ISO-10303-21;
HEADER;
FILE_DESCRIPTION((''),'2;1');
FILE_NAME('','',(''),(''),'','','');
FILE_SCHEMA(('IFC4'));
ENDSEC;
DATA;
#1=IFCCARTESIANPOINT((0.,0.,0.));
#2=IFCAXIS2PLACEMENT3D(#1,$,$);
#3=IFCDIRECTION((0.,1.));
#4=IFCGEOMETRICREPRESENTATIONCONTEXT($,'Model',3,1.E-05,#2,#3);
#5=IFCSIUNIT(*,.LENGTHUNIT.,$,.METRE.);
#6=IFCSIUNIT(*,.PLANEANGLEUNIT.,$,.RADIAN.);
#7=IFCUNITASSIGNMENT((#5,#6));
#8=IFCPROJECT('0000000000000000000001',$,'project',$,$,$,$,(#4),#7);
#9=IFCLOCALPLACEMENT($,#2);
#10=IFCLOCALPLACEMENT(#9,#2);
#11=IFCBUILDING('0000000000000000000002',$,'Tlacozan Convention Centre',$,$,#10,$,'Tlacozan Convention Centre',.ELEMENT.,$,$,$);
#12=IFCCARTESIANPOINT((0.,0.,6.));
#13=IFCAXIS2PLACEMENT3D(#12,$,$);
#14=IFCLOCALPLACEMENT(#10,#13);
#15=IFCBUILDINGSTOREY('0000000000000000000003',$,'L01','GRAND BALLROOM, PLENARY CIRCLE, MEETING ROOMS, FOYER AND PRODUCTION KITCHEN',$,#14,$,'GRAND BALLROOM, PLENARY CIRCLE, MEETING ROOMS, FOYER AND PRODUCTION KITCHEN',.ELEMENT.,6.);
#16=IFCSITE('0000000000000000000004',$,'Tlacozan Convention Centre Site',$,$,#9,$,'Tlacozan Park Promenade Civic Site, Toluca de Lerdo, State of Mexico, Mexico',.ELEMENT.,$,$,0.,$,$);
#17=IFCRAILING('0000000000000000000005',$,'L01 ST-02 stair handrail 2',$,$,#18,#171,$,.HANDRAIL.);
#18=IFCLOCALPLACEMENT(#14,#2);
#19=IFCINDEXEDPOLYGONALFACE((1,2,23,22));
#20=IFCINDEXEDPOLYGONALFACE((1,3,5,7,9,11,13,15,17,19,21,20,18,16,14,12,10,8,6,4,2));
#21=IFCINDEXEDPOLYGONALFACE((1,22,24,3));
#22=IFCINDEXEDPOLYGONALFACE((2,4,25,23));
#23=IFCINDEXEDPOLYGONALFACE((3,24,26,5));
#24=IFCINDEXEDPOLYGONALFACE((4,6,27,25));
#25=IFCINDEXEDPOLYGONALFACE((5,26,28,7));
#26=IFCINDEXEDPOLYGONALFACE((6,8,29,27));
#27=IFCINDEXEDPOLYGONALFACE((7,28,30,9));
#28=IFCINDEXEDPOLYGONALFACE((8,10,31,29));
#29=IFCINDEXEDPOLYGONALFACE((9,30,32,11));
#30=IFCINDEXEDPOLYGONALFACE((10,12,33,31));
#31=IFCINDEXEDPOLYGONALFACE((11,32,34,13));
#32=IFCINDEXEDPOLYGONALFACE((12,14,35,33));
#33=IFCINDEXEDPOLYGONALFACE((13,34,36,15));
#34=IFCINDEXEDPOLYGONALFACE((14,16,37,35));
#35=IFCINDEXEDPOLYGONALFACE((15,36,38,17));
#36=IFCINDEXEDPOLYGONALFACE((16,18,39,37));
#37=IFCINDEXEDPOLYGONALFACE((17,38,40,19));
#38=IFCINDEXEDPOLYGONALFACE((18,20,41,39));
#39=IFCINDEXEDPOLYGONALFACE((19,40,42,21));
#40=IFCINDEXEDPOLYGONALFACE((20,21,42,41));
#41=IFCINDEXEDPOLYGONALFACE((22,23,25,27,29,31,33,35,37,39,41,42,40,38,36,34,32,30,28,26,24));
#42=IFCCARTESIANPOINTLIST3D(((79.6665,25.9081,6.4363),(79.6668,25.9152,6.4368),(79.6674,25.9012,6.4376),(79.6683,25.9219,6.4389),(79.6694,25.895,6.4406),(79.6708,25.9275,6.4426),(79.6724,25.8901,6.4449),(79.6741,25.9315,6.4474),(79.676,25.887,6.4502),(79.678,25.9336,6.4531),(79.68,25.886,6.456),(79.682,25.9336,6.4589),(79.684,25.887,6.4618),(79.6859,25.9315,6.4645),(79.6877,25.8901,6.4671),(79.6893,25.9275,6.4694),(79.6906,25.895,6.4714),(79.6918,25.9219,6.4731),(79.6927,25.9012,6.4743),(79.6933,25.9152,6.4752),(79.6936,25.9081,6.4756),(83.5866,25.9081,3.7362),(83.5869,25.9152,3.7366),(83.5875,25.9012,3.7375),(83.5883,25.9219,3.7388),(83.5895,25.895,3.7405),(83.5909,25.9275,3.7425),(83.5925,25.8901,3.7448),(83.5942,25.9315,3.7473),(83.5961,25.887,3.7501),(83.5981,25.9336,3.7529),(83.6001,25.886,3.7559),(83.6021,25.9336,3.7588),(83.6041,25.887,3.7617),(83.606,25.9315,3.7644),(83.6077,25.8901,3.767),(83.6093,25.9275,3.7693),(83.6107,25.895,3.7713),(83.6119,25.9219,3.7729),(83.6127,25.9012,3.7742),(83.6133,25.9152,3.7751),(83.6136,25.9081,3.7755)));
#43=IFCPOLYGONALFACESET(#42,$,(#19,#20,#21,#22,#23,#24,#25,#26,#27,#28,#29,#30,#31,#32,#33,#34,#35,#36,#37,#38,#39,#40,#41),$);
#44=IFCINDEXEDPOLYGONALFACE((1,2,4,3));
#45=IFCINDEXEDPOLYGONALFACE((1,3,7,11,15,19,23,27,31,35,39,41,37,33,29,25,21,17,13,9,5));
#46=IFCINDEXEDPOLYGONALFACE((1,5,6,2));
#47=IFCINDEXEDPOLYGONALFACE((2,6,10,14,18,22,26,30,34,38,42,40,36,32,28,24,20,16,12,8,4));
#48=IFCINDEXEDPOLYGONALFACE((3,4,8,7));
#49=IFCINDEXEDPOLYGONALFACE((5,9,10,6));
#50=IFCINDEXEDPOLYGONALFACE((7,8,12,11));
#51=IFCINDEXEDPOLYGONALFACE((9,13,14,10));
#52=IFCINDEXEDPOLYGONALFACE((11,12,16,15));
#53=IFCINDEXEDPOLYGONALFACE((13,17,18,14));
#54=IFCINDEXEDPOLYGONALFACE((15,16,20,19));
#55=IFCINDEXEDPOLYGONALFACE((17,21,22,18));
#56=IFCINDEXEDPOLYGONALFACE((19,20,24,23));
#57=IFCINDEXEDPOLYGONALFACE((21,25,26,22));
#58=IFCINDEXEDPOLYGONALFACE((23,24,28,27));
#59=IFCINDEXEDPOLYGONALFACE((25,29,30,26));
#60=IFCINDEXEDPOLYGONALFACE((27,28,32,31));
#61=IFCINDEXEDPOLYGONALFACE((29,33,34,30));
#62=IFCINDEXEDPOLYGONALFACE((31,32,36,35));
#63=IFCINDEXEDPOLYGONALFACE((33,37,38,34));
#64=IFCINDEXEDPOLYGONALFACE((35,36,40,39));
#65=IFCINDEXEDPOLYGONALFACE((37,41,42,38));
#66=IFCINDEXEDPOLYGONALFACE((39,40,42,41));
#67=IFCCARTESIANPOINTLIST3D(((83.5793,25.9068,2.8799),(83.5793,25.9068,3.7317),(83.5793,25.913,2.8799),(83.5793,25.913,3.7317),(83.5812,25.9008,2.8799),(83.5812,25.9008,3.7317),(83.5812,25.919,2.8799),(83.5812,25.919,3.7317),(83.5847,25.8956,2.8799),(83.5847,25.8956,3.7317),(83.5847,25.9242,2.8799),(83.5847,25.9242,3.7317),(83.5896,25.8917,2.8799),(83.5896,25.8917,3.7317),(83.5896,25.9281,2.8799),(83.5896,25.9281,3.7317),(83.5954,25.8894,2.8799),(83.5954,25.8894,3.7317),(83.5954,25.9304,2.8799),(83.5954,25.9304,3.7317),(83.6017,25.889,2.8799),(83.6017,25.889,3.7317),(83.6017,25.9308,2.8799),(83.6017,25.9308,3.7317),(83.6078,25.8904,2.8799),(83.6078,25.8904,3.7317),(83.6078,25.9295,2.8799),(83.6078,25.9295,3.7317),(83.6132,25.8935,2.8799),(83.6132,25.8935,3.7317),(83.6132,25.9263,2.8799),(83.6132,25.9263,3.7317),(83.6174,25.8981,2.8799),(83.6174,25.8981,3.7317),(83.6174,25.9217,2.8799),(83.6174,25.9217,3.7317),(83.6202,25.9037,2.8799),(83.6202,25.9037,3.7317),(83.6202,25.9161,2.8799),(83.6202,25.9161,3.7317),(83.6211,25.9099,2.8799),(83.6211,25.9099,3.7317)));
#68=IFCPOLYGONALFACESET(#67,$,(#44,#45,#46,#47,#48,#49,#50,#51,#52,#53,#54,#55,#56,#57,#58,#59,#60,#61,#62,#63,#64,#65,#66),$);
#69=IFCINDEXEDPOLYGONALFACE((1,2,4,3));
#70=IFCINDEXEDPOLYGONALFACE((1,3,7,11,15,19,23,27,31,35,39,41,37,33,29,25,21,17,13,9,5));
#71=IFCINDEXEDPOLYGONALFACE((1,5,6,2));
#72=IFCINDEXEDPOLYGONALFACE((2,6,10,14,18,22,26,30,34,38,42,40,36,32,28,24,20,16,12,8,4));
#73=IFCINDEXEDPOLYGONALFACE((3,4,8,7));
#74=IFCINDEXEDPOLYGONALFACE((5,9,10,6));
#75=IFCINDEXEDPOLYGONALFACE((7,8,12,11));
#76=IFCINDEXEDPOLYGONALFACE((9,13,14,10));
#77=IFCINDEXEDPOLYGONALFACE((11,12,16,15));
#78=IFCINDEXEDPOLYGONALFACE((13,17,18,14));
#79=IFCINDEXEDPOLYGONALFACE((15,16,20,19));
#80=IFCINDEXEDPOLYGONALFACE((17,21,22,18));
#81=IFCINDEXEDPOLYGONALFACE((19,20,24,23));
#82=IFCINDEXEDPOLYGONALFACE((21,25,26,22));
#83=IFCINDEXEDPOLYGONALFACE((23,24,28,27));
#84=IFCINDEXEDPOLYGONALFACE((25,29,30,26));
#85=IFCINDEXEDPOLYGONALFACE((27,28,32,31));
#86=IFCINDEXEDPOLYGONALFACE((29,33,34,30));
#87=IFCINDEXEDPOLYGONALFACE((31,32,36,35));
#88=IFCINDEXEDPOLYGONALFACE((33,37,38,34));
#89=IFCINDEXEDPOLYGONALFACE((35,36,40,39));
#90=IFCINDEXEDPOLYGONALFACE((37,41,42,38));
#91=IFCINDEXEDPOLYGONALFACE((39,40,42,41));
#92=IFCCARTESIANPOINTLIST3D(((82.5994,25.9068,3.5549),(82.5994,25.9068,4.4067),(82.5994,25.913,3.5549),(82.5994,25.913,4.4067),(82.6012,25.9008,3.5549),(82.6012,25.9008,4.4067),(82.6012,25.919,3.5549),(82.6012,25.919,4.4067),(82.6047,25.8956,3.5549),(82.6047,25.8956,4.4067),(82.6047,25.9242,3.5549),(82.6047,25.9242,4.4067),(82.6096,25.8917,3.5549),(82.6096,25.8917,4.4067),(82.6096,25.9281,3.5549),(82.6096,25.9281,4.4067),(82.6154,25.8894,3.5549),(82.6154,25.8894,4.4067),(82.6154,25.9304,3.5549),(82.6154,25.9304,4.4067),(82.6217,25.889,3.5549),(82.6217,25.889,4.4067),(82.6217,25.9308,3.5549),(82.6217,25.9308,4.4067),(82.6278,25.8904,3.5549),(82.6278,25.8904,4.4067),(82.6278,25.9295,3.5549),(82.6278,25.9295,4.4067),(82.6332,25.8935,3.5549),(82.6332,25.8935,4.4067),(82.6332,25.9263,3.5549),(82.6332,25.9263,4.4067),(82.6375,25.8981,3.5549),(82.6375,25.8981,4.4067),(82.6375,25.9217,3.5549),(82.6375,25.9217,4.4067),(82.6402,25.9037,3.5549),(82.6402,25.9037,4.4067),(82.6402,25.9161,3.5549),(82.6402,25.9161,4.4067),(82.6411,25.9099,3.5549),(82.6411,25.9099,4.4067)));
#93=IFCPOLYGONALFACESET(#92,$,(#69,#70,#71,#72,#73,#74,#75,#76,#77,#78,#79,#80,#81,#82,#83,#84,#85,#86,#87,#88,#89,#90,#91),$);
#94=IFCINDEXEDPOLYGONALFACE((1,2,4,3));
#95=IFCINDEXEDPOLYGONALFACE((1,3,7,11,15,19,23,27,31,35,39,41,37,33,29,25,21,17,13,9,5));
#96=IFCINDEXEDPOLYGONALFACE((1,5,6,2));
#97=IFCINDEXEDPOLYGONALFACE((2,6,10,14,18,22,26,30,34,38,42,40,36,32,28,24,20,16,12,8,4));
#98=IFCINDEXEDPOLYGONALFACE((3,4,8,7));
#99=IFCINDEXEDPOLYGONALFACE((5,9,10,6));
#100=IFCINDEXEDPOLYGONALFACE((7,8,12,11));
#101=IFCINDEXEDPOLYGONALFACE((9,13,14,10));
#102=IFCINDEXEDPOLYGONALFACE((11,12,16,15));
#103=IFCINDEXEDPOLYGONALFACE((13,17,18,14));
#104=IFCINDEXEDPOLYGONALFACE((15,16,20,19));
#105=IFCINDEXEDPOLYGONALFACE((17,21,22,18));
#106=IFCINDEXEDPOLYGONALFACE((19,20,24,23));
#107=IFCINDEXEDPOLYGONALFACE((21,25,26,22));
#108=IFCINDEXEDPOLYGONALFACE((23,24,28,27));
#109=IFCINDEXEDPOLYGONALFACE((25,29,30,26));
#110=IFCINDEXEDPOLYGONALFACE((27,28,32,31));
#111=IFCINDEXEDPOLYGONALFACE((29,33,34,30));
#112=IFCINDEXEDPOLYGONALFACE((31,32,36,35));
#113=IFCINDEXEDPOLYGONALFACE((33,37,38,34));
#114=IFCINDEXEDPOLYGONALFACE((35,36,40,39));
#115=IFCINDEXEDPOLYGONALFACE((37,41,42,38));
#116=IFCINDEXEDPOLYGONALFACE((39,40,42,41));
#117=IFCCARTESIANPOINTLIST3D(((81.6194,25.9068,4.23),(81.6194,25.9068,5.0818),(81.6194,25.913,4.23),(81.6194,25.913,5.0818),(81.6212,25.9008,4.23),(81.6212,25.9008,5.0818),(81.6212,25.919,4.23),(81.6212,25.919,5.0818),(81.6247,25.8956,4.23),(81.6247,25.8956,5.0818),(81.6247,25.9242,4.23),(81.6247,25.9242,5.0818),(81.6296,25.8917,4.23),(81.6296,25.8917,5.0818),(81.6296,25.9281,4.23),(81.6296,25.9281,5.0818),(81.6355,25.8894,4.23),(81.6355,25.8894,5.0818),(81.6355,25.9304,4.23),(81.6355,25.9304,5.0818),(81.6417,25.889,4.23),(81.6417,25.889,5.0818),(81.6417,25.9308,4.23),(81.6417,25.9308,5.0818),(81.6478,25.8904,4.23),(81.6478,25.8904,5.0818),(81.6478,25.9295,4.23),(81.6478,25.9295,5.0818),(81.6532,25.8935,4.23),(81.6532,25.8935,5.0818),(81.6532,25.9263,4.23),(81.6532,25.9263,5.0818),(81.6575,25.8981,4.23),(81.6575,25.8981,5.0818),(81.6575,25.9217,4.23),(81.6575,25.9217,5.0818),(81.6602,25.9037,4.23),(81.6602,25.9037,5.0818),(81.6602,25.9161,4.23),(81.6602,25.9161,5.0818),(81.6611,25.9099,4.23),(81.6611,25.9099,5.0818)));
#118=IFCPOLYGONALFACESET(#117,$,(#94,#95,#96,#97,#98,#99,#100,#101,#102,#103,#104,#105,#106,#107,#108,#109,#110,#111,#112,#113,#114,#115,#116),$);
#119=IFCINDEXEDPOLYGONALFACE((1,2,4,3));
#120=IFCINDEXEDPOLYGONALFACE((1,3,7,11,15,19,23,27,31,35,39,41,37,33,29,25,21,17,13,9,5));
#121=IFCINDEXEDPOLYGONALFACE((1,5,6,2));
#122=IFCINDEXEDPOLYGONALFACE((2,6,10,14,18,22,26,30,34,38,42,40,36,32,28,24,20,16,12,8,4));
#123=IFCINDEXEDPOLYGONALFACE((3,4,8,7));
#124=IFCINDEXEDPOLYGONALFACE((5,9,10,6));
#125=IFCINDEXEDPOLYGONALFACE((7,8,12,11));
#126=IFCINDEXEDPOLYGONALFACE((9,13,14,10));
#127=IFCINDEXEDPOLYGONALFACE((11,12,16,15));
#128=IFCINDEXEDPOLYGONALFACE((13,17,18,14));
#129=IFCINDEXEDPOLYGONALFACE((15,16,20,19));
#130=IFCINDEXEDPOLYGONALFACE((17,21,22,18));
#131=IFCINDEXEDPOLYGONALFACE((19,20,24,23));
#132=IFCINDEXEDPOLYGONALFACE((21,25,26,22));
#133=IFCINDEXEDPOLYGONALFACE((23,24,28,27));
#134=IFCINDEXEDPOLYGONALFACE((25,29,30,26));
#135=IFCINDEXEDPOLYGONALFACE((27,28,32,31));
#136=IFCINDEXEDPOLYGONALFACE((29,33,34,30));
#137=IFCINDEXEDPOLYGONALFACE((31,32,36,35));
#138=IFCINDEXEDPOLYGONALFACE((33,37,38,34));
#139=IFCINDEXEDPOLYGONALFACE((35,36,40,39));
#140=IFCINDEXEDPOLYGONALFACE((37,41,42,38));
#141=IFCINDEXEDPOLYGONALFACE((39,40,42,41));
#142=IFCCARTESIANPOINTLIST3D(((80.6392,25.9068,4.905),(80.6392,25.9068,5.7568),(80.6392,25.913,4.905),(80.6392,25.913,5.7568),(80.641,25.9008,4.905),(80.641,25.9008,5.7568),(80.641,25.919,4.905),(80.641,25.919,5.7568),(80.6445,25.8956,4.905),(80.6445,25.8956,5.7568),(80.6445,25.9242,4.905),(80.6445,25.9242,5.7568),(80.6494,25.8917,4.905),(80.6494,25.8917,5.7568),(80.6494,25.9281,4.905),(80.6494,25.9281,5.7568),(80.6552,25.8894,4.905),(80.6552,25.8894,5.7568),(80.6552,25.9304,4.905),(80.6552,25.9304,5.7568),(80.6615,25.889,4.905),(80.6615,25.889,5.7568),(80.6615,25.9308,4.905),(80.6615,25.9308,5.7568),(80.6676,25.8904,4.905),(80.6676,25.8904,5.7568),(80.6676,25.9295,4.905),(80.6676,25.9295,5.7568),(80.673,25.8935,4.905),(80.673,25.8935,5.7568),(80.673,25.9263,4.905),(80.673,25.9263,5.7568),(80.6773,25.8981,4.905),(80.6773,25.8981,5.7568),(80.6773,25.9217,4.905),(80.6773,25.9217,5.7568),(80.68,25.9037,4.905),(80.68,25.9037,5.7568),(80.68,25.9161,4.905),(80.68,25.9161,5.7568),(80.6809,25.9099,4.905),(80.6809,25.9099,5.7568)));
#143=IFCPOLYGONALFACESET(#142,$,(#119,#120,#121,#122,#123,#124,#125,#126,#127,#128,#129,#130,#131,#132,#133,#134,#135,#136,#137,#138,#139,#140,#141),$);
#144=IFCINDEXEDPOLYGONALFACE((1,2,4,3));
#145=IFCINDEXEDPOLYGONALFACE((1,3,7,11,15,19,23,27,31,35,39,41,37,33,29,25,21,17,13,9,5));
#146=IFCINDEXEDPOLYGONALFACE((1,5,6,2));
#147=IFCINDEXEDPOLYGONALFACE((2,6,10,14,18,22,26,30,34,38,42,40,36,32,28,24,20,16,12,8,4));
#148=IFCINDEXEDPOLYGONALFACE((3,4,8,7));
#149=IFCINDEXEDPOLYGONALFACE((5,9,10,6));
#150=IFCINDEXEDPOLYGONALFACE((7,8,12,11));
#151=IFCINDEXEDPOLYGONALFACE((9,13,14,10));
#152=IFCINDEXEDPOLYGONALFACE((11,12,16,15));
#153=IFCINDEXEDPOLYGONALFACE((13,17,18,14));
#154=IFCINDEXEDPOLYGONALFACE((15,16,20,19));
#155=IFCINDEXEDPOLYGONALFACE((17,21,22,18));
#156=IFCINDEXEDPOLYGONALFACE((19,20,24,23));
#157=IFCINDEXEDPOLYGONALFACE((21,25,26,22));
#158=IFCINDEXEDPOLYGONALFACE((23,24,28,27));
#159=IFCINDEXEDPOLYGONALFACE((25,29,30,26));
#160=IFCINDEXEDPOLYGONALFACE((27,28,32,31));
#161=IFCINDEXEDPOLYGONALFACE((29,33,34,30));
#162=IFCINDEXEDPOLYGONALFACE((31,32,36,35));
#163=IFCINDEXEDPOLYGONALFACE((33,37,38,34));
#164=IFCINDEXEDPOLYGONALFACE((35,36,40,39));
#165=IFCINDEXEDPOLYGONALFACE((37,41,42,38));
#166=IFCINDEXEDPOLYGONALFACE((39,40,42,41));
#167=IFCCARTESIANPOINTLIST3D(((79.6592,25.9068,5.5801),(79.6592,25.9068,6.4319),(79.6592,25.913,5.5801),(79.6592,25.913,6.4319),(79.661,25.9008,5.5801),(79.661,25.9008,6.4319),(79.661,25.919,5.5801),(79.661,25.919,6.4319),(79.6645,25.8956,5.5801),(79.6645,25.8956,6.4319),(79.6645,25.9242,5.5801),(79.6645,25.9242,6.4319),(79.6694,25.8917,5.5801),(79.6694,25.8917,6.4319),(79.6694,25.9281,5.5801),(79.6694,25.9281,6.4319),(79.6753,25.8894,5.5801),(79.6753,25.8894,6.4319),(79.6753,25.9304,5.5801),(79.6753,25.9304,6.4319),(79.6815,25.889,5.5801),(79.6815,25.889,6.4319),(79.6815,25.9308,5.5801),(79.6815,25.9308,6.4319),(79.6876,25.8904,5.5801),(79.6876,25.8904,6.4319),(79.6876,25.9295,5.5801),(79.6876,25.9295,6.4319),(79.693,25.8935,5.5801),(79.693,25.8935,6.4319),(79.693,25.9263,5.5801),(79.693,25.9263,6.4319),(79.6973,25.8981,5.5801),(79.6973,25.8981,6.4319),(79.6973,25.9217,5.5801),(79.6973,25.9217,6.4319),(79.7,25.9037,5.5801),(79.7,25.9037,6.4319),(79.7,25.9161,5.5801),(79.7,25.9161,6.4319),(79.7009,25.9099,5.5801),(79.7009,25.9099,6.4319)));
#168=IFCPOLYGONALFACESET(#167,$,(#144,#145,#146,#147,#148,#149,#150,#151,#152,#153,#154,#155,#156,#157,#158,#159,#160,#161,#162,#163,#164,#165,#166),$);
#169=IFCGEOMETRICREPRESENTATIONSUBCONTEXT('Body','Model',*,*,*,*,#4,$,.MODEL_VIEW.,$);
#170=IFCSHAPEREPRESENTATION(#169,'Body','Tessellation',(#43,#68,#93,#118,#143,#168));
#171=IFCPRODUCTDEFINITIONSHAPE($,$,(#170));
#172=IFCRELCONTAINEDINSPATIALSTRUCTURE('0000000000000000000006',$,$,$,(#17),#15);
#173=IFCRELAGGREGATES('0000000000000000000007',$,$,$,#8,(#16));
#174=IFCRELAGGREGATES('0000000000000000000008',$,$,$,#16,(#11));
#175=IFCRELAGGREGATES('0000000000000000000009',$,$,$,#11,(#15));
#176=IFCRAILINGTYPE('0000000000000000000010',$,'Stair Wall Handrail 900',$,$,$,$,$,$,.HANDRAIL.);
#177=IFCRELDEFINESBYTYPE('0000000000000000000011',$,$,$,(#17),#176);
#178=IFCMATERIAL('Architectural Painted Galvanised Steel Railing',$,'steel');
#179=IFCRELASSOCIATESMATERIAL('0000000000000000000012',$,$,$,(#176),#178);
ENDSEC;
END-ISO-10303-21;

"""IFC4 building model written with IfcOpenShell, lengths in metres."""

from ifc_helpers import new_model, si_unit, direction, frame, origin, origin_2d, place, context, subcontext, project, spatial, circle, extrude, material, type_object, element, save


model = new_model("IFC4")

# Units and contexts
model_context = context("Model", 3, precision=1e-05, world=origin(), true_north=direction((0.0, 1.0)))
body_context = subcontext(model_context, "Body", "Model", "MODEL_VIEW")
ifc_project = project(units=[si_unit("LENGTHUNIT", "METRE"), si_unit("PLANEANGLEUNIT", "RADIAN")], contexts=[model_context])

# Site, building, storey
site_placement = place(None, origin())
site = spatial("IfcSite", under=ifc_project, at=site_placement, Name="Tlacozan Convention Centre Site", LongName="Tlacozan Park Promenade Civic Site, Toluca de Lerdo, State of Mexico, Mexico", CompositionType="ELEMENT", RefElevation=0.0)
building_placement = place(site_placement, origin())
building = spatial("IfcBuilding", under=site, at=building_placement, Name="Tlacozan Convention Centre", LongName="Tlacozan Convention Centre", CompositionType="ELEMENT")
storey_placement = place(building_placement, frame((0.0, 0.0, 6.0)))
storey = spatial("IfcBuildingStorey", under=building, at=storey_placement, Name="L01", Description="GRAND BALLROOM, PLENARY CIRCLE, MEETING ROOMS, FOYER AND PRODUCTION KITCHEN", LongName="GRAND BALLROOM, PLENARY CIRCLE, MEETING ROOMS, FOYER AND PRODUCTION KITCHEN", CompositionType="ELEMENT", Elevation=6.0)

# Railing
ifc_material_1 = material(Name="Architectural Painted Galvanised Steel Railing", Category="steel")
railing_type_1 = type_object("IfcRailingType", Name="Stair Wall Handrail 900", PredefinedType="HANDRAIL", material=ifc_material_1)
railing_1_placement = place(storey_placement, frame((83.6001, 25.9099, 2.8799)))
element("IfcRailing", 1, at=railing_1_placement, inside=storey, type_object=railing_type_1, Name="L01 ST-02 stair handrail 2", PredefinedType="HANDRAIL", context=body_context, shape_type="SweptSolid", body=[
    extrude(circle(Radius=0.0239, at=origin_2d()), frame((0.0, 0.0, 0.876), z_axis=(-0.823543, 0.0, 0.567253), x_axis=(0.0, -1.0, 0.0)), (0.0, 0.0, 1.0), 4.76),
    extrude(circle(Radius=0.021, at=origin_2d()), origin(), (0.0, 0.0, 1.0), 0.8518),
    extrude(circle(Radius=0.021, at=origin_2d()), frame((-0.98, 0.0, 0.675)), (0.0, 0.0, 1.0), 0.8518),
    extrude(circle(Radius=0.021, at=origin_2d()), frame((-1.96, 0.0, 1.3501)), (0.0, 0.0, 1.0), 0.8518),
    extrude(circle(Radius=0.021, at=origin_2d()), frame((-2.9402, 0.0, 2.0251)), (0.0, 0.0, 1.0), 0.8518),
    extrude(circle(Radius=0.021, at=origin_2d()), frame((-3.9202, 0.0, 2.7002)), (0.0, 0.0, 1.0), 0.8518),
])

save(model, "model.ifc")
